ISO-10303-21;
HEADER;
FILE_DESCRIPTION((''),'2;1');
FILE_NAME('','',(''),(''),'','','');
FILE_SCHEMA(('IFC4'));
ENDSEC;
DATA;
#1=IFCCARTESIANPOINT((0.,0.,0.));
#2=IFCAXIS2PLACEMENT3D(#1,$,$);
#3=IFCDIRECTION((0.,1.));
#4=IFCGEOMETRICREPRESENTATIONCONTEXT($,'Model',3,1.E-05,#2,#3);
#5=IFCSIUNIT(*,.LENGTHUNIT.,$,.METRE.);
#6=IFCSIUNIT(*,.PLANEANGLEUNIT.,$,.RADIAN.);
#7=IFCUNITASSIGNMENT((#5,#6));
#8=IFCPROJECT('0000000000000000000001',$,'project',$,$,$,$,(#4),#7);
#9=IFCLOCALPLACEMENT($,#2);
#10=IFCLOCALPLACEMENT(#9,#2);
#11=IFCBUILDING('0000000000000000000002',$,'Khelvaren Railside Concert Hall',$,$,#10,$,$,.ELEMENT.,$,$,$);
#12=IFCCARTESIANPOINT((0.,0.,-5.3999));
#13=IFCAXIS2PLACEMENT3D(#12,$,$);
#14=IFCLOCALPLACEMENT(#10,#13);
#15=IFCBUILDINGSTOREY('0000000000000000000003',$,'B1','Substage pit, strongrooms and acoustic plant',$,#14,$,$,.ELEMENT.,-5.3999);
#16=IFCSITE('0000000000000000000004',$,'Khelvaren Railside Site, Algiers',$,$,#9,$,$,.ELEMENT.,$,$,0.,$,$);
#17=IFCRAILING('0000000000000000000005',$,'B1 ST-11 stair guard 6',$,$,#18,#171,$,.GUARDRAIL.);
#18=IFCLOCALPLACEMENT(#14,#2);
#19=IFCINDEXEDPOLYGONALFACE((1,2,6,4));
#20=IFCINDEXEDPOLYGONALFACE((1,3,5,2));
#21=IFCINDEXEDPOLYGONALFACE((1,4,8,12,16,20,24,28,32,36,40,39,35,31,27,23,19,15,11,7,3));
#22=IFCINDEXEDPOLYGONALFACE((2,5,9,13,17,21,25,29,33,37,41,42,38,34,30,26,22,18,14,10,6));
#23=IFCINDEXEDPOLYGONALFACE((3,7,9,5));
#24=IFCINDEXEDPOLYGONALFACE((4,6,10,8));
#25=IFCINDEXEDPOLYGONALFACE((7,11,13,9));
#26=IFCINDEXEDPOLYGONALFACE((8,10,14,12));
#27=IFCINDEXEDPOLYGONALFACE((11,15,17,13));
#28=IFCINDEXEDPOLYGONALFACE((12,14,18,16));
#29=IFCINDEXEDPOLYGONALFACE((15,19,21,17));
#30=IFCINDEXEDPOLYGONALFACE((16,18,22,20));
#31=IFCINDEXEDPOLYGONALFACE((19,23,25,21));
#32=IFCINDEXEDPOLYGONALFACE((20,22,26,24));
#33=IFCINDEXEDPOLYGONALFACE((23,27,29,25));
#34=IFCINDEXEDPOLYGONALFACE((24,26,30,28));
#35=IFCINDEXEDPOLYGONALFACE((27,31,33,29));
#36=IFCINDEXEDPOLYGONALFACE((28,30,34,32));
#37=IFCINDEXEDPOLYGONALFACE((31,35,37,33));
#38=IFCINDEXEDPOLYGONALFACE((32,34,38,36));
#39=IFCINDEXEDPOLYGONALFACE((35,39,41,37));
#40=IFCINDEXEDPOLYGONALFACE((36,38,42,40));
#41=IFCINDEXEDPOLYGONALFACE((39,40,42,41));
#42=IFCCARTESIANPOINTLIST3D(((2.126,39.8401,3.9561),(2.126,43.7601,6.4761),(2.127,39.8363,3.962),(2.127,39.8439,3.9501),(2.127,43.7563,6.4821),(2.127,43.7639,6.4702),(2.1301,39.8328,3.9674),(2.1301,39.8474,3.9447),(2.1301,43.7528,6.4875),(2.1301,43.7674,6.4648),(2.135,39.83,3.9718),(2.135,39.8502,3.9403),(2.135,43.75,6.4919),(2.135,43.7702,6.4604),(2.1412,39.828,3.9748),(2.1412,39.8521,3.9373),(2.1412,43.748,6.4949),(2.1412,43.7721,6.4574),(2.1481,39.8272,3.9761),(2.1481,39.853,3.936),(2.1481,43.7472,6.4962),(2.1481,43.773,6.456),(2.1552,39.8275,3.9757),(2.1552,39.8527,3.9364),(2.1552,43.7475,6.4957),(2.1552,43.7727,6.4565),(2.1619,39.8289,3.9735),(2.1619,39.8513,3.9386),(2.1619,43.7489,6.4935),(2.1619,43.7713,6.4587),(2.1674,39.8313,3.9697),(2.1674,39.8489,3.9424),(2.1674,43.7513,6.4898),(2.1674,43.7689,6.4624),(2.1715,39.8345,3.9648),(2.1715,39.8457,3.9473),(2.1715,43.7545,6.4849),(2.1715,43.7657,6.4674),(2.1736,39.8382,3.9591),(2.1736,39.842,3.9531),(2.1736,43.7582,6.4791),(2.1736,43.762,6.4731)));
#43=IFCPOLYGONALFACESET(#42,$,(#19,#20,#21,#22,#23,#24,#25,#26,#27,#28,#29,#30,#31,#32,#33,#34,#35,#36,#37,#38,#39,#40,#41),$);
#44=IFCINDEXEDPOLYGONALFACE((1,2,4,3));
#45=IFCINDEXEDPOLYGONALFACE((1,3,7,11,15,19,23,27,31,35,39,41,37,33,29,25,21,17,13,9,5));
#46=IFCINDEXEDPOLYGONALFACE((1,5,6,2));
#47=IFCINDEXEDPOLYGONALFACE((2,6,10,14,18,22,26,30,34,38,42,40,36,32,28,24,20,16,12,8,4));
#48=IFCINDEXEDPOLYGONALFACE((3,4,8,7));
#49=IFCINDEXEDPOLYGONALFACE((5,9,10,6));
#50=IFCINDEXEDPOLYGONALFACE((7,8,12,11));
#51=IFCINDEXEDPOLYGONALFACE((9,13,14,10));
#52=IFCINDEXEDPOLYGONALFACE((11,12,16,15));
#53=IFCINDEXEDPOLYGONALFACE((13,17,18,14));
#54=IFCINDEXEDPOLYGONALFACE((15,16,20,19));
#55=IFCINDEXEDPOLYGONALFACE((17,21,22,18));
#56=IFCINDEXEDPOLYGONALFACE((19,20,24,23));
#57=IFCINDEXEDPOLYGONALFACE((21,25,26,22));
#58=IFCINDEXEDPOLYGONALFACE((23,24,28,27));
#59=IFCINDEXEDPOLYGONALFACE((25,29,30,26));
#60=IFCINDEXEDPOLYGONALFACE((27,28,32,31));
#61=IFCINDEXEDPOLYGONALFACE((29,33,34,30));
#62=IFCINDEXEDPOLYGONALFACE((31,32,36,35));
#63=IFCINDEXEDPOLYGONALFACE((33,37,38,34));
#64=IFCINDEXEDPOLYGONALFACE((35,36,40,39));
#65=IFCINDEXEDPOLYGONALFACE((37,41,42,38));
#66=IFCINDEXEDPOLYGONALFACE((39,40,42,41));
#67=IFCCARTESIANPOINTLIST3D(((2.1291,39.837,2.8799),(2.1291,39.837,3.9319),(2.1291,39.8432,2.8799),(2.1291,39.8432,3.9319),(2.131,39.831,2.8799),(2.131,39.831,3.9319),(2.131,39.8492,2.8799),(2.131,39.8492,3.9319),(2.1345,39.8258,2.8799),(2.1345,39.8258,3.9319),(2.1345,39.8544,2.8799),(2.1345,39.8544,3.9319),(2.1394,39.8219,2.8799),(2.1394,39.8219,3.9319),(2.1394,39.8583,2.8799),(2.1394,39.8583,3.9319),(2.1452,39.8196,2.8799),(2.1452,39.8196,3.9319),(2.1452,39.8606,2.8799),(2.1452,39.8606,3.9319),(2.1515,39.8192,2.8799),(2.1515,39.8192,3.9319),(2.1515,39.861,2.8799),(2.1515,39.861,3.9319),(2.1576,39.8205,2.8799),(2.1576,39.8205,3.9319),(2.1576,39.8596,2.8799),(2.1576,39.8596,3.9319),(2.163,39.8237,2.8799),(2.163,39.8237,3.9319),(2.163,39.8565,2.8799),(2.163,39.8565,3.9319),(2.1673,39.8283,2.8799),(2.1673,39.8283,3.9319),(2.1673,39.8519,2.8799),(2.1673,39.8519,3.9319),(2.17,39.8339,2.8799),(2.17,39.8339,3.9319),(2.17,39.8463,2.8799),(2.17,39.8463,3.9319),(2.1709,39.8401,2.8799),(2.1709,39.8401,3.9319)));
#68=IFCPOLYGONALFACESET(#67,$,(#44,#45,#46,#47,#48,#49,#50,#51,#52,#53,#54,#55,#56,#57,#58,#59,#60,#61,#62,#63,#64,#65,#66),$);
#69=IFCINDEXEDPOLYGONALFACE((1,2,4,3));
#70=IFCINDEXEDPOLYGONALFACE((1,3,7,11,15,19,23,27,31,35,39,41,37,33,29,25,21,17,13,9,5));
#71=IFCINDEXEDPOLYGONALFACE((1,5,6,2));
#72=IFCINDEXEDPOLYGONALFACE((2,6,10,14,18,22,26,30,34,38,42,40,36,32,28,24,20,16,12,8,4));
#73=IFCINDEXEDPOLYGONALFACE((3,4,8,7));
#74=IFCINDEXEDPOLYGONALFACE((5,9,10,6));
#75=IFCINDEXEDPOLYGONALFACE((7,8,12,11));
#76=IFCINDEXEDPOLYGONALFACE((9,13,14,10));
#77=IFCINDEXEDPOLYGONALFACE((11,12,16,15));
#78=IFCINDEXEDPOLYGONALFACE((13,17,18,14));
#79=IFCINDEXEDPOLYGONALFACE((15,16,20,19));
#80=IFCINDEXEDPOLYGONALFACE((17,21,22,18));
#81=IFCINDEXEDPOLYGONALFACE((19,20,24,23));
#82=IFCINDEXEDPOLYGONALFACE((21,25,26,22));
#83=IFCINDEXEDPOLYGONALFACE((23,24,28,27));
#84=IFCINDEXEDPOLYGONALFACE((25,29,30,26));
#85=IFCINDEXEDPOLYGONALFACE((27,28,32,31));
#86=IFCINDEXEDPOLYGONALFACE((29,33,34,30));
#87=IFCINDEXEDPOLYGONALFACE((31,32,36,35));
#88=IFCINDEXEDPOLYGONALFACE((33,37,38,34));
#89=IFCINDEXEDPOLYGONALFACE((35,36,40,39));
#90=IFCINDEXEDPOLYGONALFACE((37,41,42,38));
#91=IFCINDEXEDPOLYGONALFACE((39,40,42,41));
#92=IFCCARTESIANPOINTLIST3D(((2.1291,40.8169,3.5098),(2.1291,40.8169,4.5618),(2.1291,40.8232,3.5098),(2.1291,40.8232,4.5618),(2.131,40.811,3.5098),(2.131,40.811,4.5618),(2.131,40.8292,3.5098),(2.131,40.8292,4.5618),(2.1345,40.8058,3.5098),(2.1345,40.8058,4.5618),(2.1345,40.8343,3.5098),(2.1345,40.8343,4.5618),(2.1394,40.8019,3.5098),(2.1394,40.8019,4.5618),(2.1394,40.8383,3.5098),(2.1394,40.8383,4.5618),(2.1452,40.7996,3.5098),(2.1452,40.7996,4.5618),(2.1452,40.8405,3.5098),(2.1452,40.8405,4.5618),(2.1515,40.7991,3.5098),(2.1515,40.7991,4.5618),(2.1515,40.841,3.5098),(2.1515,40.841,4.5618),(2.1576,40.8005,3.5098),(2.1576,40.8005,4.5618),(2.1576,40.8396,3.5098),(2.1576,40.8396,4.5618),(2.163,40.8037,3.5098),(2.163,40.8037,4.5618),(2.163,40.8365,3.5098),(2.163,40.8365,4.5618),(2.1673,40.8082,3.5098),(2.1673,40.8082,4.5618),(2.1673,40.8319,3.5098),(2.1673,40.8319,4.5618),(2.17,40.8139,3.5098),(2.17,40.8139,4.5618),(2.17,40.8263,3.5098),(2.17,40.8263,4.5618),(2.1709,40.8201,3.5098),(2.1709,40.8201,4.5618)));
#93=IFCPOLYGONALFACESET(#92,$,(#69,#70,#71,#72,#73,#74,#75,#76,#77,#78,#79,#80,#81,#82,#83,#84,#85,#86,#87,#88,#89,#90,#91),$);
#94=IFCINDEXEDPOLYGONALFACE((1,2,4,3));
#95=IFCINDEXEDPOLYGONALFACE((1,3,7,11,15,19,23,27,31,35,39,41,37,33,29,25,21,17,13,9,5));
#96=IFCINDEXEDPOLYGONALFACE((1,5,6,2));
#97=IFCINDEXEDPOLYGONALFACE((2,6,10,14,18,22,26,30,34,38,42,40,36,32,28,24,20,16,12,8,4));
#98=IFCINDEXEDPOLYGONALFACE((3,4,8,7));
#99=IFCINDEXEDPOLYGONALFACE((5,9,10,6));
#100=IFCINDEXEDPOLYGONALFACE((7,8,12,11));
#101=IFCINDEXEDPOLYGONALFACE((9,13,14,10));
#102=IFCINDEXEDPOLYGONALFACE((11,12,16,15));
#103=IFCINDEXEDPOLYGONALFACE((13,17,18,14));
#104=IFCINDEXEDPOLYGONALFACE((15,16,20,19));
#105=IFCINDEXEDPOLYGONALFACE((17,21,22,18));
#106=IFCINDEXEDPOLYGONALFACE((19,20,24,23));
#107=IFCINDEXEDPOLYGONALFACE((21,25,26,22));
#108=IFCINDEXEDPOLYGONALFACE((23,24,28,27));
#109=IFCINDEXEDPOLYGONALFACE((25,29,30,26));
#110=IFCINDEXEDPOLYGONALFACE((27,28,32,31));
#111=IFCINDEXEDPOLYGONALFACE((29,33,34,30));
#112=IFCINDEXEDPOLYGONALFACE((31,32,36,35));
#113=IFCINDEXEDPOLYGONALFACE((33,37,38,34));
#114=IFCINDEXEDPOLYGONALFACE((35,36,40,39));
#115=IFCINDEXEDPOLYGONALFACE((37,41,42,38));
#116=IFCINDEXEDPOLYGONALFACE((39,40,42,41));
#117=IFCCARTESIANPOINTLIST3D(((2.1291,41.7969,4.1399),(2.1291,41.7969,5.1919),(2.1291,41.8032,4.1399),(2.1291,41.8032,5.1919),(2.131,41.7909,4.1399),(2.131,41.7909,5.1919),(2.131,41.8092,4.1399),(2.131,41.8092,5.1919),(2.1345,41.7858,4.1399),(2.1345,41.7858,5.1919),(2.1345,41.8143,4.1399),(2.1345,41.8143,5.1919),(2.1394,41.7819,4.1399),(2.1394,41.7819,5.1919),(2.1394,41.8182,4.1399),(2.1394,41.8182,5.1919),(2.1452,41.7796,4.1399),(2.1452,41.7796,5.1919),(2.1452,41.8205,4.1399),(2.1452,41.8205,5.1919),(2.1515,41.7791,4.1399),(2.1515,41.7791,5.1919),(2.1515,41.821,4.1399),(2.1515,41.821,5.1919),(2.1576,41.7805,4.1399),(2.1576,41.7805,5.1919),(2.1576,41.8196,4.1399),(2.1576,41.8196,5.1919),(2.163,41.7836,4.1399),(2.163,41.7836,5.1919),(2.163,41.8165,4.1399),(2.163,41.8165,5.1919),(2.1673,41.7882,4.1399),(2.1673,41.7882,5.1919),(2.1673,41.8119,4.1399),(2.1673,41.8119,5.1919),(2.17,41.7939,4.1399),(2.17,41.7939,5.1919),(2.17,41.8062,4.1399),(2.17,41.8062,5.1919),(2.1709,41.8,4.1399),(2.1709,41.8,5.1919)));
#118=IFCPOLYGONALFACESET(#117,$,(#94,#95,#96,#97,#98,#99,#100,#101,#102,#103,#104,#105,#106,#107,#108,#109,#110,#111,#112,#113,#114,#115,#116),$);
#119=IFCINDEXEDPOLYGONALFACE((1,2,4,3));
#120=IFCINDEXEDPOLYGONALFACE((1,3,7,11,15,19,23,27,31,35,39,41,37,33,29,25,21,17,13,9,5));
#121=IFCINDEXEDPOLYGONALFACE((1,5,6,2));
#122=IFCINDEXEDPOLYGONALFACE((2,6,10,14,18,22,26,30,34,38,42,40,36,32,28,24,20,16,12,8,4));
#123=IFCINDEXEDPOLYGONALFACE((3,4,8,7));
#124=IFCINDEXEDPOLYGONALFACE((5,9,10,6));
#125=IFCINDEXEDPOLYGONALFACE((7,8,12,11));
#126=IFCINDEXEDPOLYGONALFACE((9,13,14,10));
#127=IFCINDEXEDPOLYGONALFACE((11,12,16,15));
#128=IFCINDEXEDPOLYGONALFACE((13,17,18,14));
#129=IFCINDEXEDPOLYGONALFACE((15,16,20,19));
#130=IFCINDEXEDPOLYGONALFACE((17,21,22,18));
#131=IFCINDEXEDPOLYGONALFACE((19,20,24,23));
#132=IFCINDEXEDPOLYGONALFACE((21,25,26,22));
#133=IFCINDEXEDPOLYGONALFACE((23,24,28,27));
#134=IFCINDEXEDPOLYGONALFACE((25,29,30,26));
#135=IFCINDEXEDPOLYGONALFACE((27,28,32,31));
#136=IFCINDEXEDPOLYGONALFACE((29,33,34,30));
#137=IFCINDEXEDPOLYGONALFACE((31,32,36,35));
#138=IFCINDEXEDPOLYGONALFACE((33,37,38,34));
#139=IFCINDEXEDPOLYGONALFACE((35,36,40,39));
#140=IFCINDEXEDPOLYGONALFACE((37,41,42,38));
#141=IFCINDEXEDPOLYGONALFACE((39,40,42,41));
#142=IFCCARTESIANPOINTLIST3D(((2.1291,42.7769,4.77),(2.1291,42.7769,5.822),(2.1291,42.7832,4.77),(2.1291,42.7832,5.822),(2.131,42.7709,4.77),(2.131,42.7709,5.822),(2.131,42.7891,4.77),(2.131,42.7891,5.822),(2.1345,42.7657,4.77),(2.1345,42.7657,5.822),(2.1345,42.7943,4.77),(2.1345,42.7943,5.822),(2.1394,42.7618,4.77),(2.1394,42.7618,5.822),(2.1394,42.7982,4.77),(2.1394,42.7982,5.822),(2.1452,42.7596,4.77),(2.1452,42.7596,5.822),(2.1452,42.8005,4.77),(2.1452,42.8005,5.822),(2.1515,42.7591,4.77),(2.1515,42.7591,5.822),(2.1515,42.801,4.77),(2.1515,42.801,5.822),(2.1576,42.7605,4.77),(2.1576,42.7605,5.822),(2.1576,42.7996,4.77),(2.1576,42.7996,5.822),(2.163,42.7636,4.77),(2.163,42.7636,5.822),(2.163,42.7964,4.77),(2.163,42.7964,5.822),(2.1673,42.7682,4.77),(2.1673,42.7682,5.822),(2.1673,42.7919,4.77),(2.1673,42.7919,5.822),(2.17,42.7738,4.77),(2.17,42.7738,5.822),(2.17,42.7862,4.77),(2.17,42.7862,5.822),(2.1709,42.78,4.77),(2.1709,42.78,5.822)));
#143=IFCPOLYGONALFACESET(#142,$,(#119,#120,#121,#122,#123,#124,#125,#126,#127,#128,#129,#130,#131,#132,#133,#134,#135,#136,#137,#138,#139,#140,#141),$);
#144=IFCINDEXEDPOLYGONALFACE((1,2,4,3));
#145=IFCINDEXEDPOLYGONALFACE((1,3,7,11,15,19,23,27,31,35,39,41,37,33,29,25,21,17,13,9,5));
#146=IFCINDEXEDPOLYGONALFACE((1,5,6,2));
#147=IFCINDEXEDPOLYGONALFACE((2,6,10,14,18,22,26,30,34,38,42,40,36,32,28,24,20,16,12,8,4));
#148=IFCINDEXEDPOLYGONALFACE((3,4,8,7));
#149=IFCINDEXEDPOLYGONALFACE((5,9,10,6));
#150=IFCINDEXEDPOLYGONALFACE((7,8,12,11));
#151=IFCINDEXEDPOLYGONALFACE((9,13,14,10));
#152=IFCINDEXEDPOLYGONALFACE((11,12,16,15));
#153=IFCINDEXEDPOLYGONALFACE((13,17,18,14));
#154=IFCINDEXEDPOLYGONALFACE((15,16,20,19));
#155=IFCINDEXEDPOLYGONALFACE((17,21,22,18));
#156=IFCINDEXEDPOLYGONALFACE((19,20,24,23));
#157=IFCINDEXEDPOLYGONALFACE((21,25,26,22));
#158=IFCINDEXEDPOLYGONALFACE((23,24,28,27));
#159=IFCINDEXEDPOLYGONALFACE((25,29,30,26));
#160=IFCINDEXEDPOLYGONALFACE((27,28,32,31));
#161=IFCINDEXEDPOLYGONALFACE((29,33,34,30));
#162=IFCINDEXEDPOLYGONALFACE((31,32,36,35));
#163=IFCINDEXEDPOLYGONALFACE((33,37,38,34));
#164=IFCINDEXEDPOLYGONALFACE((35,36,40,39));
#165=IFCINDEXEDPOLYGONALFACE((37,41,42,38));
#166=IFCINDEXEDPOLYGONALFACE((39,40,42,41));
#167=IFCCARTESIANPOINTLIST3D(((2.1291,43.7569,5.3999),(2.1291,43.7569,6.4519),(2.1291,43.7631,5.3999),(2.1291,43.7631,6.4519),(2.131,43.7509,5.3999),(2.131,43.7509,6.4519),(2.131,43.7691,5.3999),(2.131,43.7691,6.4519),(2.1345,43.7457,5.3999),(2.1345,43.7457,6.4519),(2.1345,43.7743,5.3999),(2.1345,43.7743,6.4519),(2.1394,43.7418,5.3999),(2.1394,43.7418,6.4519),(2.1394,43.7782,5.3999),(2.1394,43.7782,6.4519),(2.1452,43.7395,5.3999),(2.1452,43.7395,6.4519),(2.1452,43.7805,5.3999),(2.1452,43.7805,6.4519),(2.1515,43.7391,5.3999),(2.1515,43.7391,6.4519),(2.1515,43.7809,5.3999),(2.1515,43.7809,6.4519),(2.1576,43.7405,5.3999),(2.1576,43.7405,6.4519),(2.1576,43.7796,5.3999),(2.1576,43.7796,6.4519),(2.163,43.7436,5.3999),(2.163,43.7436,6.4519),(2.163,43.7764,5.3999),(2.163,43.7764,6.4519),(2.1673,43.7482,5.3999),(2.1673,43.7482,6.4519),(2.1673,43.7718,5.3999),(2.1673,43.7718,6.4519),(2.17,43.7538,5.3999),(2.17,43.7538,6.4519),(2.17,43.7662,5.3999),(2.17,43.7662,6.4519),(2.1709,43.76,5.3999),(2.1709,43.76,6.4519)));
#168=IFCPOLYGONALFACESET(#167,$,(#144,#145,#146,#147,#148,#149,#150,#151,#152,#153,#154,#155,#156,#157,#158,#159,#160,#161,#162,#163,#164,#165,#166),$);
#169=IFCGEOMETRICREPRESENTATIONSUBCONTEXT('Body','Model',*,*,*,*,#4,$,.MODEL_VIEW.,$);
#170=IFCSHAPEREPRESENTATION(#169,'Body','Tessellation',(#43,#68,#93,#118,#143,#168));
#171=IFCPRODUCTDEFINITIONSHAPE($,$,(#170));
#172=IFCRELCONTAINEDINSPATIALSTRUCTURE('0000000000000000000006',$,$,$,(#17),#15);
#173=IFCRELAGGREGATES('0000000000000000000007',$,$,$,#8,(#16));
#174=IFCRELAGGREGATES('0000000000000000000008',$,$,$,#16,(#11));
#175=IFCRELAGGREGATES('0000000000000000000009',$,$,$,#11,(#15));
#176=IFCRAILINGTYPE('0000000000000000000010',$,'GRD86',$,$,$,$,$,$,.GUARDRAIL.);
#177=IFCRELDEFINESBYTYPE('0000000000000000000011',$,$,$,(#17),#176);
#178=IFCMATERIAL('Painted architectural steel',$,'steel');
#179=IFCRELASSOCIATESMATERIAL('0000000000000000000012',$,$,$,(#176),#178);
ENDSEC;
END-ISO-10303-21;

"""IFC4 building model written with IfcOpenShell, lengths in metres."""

from ifc_helpers import new_model, si_unit, direction, frame, origin, origin_2d, place, context, subcontext, project, spatial, circle, extrude, material, type_object, element, save


model = new_model("IFC4")

# Units and contexts
model_context = context("Model", 3, precision=1e-05, world=origin(), true_north=direction((0.0, 1.0)))
body_context = subcontext(model_context, "Body", "Model", "MODEL_VIEW")
ifc_project = project(units=[si_unit("LENGTHUNIT", "METRE"), si_unit("PLANEANGLEUNIT", "RADIAN")], contexts=[model_context])

# Site, building, storey
site_placement = place(None, origin())
site = spatial("IfcSite", under=ifc_project, at=site_placement, Name="Khelvaren Railside Site, Algiers", CompositionType="ELEMENT", RefElevation=0.0)
building_placement = place(site_placement, origin())
building = spatial("IfcBuilding", under=site, at=building_placement, Name="Khelvaren Railside Concert Hall", CompositionType="ELEMENT")
storey_placement = place(building_placement, frame((0.0, 0.0, -5.3999)))
storey = spatial("IfcBuildingStorey", under=building, at=storey_placement, Name="B1", Description="Substage pit, strongrooms and acoustic plant", CompositionType="ELEMENT", Elevation=-5.3999)

# Railing
ifc_material_1 = material(Name="Painted architectural steel", Category="steel")
railing_type_1 = type_object("IfcRailingType", Name="GRD86", PredefinedType="GUARDRAIL", material=ifc_material_1)
railing_1_placement = place(storey_placement, frame((2.1499, 39.8401, 2.8799)))
element("IfcRailing", 1, at=railing_1_placement, inside=storey, type_object=railing_type_1, Name="B1 ST-11 stair guard 6", PredefinedType="GUARDRAIL", context=body_context, shape_type="SweptSolid", body=[
    extrude(circle(Radius=0.0239, at=origin_2d()), frame((0.0, 0.0, 1.0762), z_axis=(0.0, 0.841172, 0.540768), x_axis=(-1.0, 0.0, 0.0)), (0.0, 0.0, 1.0), 4.6602),
    extrude(circle(Radius=0.021, at=origin_2d()), origin(), (0.0, 0.0, 1.0), 1.052),
    extrude(circle(Radius=0.021, at=origin_2d()), frame((0.0, 0.98, 0.6299)), (0.0, 0.0, 1.0), 1.052),
    extrude(circle(Radius=0.021, at=origin_2d()), frame((0.0, 1.96, 1.26)), (0.0, 0.0, 1.0), 1.052),
    extrude(circle(Radius=0.021, at=origin_2d()), frame((0.0, 2.9399, 1.8901)), (0.0, 0.0, 1.0), 1.052),
    extrude(circle(Radius=0.021, at=origin_2d()), frame((0.0, 3.9199, 2.52)), (0.0, 0.0, 1.0), 1.052),
])

save(model, "model.ifc")
